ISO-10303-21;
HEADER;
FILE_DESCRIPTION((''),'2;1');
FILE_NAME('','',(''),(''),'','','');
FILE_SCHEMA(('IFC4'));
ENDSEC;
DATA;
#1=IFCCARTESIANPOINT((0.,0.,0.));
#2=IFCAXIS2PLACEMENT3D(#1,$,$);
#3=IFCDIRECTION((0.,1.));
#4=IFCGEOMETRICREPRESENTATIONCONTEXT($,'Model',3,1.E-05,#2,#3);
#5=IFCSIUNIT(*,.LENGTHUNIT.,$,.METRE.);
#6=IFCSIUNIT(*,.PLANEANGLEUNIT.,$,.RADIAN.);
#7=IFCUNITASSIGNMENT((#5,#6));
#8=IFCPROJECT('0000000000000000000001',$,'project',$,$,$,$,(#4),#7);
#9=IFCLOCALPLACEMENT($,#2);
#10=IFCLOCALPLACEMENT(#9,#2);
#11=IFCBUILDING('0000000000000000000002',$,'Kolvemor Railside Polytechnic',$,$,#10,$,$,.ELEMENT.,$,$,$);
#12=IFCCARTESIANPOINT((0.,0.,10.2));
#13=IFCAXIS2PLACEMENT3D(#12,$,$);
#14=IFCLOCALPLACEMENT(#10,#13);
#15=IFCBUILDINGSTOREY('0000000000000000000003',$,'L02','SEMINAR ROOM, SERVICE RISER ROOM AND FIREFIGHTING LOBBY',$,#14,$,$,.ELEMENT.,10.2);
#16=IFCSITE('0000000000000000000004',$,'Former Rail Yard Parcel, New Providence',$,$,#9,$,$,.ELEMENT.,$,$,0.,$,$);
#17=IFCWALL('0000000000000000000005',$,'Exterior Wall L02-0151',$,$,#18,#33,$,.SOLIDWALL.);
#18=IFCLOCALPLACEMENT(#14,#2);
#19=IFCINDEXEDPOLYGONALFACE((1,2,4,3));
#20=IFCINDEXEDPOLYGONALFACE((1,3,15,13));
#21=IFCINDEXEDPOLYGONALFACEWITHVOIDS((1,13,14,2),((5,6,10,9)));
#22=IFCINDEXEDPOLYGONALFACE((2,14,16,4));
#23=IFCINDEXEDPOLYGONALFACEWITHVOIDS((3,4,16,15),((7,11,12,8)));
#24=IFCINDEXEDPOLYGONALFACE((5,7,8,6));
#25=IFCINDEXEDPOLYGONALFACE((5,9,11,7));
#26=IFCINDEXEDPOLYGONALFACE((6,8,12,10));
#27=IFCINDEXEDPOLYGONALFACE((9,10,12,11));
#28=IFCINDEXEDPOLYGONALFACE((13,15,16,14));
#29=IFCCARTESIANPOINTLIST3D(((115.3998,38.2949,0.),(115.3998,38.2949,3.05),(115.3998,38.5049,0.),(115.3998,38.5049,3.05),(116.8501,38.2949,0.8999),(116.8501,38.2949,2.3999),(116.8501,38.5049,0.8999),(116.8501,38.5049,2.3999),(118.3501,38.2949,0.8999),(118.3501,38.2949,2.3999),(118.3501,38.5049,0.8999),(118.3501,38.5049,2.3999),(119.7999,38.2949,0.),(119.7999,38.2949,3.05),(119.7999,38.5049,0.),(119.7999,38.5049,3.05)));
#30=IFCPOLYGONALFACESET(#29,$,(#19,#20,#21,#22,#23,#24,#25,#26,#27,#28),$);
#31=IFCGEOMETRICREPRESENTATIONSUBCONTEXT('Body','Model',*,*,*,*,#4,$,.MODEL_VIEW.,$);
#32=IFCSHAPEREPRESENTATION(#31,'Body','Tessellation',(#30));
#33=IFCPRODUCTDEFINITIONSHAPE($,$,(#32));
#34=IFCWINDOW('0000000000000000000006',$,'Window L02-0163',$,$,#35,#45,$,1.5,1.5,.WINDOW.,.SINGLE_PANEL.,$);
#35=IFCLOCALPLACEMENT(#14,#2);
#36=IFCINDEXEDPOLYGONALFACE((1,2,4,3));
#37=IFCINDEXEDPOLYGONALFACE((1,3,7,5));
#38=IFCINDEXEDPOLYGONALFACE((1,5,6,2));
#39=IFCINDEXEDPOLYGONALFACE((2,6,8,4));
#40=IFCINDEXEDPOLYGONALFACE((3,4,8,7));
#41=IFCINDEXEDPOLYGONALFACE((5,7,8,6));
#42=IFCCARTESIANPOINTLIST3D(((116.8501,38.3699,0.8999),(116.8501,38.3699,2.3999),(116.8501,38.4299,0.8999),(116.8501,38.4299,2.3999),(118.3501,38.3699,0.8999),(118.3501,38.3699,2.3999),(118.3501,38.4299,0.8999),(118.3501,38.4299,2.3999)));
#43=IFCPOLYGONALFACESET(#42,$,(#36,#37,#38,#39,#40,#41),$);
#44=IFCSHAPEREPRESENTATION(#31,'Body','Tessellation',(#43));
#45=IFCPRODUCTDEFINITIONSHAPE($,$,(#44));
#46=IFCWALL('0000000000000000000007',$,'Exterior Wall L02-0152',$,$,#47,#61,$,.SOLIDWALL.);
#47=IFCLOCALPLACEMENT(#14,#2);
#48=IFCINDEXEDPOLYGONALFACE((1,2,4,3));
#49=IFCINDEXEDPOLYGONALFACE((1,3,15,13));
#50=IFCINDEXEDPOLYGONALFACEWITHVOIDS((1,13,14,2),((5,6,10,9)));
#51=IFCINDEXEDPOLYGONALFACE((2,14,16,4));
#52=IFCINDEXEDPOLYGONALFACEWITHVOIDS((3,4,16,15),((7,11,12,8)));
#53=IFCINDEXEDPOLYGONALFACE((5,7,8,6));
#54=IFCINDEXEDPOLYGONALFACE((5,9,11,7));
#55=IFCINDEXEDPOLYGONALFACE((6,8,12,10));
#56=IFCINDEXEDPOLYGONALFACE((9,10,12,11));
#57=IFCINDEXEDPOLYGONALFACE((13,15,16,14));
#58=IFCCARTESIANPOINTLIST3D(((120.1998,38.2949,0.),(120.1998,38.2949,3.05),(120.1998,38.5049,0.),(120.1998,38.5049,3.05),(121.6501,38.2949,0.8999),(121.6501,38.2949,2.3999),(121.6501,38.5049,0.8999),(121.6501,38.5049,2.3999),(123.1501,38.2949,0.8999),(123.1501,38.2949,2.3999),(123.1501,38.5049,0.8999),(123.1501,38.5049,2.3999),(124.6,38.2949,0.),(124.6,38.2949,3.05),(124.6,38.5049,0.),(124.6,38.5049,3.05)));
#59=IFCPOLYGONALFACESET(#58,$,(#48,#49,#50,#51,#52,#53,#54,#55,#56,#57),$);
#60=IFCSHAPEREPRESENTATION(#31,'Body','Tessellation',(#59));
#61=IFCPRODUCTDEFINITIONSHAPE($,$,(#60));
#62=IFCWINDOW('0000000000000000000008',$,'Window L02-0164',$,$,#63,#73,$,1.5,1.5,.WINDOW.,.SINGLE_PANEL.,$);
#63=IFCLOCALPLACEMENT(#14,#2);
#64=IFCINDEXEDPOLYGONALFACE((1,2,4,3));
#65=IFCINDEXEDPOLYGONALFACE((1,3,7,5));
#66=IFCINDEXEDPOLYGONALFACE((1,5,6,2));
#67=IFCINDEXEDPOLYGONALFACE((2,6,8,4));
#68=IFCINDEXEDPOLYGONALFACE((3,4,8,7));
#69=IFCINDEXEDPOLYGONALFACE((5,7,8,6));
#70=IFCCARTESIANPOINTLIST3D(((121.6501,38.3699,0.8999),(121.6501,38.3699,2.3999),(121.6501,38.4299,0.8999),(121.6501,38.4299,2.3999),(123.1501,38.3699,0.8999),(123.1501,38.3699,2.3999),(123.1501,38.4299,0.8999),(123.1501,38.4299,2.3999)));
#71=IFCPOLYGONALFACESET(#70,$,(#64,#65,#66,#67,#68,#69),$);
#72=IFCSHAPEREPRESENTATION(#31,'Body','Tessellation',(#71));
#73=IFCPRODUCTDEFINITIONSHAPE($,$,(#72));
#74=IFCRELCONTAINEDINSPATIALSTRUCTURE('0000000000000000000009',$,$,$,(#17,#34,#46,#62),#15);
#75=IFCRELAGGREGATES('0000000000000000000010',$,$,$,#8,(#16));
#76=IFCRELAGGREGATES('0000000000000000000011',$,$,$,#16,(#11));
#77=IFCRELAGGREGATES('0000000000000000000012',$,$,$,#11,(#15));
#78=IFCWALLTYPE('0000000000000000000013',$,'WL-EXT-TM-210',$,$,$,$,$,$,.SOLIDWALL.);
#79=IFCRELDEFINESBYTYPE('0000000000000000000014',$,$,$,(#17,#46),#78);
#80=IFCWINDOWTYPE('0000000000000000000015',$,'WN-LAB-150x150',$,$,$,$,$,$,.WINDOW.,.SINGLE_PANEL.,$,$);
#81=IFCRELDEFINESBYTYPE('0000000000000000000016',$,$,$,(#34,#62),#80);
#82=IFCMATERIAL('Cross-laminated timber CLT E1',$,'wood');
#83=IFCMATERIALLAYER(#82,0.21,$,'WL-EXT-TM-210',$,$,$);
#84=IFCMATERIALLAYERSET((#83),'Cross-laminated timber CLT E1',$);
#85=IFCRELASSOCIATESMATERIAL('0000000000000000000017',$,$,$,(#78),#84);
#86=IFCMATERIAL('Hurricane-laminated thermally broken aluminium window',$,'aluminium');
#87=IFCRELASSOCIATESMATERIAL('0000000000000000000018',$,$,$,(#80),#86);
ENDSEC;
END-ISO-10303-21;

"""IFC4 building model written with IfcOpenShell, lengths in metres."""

from ifc_helpers import new_model, si_unit, direction, frame, frame_2d, origin, place, context, subcontext, project, spatial, rectangle, extrude, material, layer, layer_set, type_object, element, fill, save


model = new_model("IFC4")

# Units and contexts
model_context = context("Model", 3, precision=1e-05, world=origin(), true_north=direction((0.0, 1.0)))
body_context = subcontext(model_context, "Body", "Model", "MODEL_VIEW")
ifc_project = project(units=[si_unit("LENGTHUNIT", "METRE"), si_unit("PLANEANGLEUNIT", "RADIAN")], contexts=[model_context])

# Site, building, storey
site_placement = place(None, origin())
site = spatial("IfcSite", under=ifc_project, at=site_placement, Name="Former Rail Yard Parcel, New Providence", CompositionType="ELEMENT", RefElevation=0.0)
building_placement = place(site_placement, origin())
building = spatial("IfcBuilding", under=site, at=building_placement, Name="Kolvemor Railside Polytechnic", CompositionType="ELEMENT")
storey_placement = place(building_placement, frame((0.0, 0.0, 10.2)))
storey = spatial("IfcBuildingStorey", under=building, at=storey_placement, Name="L02", Description="SEMINAR ROOM, SERVICE RISER ROOM AND FIREFIGHTING LOBBY", CompositionType="ELEMENT", Elevation=10.2)

# Walls, openings, windows
ifc_material_1 = material(Name="Cross-laminated timber CLT E1", Category="wood")
ifc_layer_1 = layer(ifc_material_1, 0.21, Name="WL-EXT-TM-210")
ifc_layer_set_1 = layer_set([ifc_layer_1], Name="Cross-laminated timber CLT E1")
wall_type = type_object("IfcWallType", Name="WL-EXT-TM-210", PredefinedType="SOLIDWALL", material=ifc_layer_set_1)
wall_1_placement = place(storey_placement, frame((119.8, 38.3999, 0.0), z_axis=(0.0, 0.0, 1.0), x_axis=(-1.0, 0.0, 0.0)))
wall_1 = element("IfcWall", 1, at=wall_1_placement, inside=storey, type_object=wall_type, Name="Exterior Wall L02-0151", PredefinedType="SOLIDWALL", context=body_context, shape_type="SweptSolid", body=[
    extrude(rectangle(XDim=4.4001, YDim=0.21, at=frame_2d((2.2002, 0.0))), origin(), (0.0, 0.0, 1.0), 3.05),
])
opening_1_placement = place(wall_1_placement, frame((1.45, 0.0, 0.8999)))
opening_1 = element("IfcOpeningElement", 2, at=opening_1_placement, cuts=wall_1, PredefinedType="OPENING", context=body_context, shape_type="SweptSolid", body=[
    extrude(rectangle(XDim=1.5, YDim=1.5, at=frame_2d((0.75, 0.75))), frame((0.0, 0.115, 0.0), z_axis=(0.0, -1.0, 0.0), x_axis=(1.0, 0.0, 0.0)), (0.0, 0.0, 1.0), 0.23),
])
ifc_material_2 = material(Name="Hurricane-laminated thermally broken aluminium window", Category="aluminium")
window_type = type_object("IfcWindowType", Name="WN-LAB-150x150", PartitioningType="SINGLE_PANEL", PredefinedType="WINDOW", material=ifc_material_2)
window_1_placement = place(opening_1_placement, origin())
window_1 = element("IfcWindow", 3, at=window_1_placement, inside=storey, type_object=window_type, Name="Window L02-0163", OverallHeight=1.5, OverallWidth=1.5, PartitioningType="SINGLE_PANEL", PredefinedType="WINDOW", context=body_context, shape_type="SweptSolid", body=[
    extrude(rectangle(XDim=1.5, YDim=1.5, at=frame_2d((0.75, 0.75))), frame((0.0, 0.03, 0.0), z_axis=(0.0, -1.0, 0.0), x_axis=(1.0, 0.0, 0.0)), (0.0, 0.0, 1.0), 0.0601),
])
fill(opening_1, window_1)
wall_2_placement = place(storey_placement, frame((124.6001, 38.3999, 0.0), z_axis=(0.0, 0.0, 1.0), x_axis=(-1.0, 0.0, 0.0)))
wall_2 = element("IfcWall", 4, at=wall_2_placement, inside=storey, type_object=wall_type, Name="Exterior Wall L02-0152", PredefinedType="SOLIDWALL", context=body_context, shape_type="SweptSolid", body=[
    extrude(rectangle(XDim=4.4001, YDim=0.21, at=frame_2d((2.2002, 0.0))), origin(), (0.0, 0.0, 1.0), 3.05),
])
opening_2_placement = place(wall_2_placement, frame((1.45, 0.0, 0.8999)))
opening_2 = element("IfcOpeningElement", 5, at=opening_2_placement, cuts=wall_2, PredefinedType="OPENING", context=body_context, shape_type="SweptSolid", body=[
    extrude(rectangle(XDim=1.5, YDim=1.5, at=frame_2d((0.75, 0.75))), frame((0.0, 0.115, 0.0), z_axis=(0.0, -1.0, 0.0), x_axis=(1.0, 0.0, 0.0)), (0.0, 0.0, 1.0), 0.23),
])
window_2_placement = place(opening_2_placement, origin())
window_2 = element("IfcWindow", 6, at=window_2_placement, inside=storey, type_object=window_type, Name="Window L02-0164", OverallHeight=1.5, OverallWidth=1.5, PartitioningType="SINGLE_PANEL", PredefinedType="WINDOW", context=body_context, shape_type="SweptSolid", body=[
    extrude(rectangle(XDim=1.5, YDim=1.5, at=frame_2d((0.75, 0.75))), frame((0.0, 0.03, 0.0), z_axis=(0.0, -1.0, 0.0), x_axis=(1.0, 0.0, 0.0)), (0.0, 0.0, 1.0), 0.0601),
])
fill(opening_2, window_2)

save(model, "model.ifc")
